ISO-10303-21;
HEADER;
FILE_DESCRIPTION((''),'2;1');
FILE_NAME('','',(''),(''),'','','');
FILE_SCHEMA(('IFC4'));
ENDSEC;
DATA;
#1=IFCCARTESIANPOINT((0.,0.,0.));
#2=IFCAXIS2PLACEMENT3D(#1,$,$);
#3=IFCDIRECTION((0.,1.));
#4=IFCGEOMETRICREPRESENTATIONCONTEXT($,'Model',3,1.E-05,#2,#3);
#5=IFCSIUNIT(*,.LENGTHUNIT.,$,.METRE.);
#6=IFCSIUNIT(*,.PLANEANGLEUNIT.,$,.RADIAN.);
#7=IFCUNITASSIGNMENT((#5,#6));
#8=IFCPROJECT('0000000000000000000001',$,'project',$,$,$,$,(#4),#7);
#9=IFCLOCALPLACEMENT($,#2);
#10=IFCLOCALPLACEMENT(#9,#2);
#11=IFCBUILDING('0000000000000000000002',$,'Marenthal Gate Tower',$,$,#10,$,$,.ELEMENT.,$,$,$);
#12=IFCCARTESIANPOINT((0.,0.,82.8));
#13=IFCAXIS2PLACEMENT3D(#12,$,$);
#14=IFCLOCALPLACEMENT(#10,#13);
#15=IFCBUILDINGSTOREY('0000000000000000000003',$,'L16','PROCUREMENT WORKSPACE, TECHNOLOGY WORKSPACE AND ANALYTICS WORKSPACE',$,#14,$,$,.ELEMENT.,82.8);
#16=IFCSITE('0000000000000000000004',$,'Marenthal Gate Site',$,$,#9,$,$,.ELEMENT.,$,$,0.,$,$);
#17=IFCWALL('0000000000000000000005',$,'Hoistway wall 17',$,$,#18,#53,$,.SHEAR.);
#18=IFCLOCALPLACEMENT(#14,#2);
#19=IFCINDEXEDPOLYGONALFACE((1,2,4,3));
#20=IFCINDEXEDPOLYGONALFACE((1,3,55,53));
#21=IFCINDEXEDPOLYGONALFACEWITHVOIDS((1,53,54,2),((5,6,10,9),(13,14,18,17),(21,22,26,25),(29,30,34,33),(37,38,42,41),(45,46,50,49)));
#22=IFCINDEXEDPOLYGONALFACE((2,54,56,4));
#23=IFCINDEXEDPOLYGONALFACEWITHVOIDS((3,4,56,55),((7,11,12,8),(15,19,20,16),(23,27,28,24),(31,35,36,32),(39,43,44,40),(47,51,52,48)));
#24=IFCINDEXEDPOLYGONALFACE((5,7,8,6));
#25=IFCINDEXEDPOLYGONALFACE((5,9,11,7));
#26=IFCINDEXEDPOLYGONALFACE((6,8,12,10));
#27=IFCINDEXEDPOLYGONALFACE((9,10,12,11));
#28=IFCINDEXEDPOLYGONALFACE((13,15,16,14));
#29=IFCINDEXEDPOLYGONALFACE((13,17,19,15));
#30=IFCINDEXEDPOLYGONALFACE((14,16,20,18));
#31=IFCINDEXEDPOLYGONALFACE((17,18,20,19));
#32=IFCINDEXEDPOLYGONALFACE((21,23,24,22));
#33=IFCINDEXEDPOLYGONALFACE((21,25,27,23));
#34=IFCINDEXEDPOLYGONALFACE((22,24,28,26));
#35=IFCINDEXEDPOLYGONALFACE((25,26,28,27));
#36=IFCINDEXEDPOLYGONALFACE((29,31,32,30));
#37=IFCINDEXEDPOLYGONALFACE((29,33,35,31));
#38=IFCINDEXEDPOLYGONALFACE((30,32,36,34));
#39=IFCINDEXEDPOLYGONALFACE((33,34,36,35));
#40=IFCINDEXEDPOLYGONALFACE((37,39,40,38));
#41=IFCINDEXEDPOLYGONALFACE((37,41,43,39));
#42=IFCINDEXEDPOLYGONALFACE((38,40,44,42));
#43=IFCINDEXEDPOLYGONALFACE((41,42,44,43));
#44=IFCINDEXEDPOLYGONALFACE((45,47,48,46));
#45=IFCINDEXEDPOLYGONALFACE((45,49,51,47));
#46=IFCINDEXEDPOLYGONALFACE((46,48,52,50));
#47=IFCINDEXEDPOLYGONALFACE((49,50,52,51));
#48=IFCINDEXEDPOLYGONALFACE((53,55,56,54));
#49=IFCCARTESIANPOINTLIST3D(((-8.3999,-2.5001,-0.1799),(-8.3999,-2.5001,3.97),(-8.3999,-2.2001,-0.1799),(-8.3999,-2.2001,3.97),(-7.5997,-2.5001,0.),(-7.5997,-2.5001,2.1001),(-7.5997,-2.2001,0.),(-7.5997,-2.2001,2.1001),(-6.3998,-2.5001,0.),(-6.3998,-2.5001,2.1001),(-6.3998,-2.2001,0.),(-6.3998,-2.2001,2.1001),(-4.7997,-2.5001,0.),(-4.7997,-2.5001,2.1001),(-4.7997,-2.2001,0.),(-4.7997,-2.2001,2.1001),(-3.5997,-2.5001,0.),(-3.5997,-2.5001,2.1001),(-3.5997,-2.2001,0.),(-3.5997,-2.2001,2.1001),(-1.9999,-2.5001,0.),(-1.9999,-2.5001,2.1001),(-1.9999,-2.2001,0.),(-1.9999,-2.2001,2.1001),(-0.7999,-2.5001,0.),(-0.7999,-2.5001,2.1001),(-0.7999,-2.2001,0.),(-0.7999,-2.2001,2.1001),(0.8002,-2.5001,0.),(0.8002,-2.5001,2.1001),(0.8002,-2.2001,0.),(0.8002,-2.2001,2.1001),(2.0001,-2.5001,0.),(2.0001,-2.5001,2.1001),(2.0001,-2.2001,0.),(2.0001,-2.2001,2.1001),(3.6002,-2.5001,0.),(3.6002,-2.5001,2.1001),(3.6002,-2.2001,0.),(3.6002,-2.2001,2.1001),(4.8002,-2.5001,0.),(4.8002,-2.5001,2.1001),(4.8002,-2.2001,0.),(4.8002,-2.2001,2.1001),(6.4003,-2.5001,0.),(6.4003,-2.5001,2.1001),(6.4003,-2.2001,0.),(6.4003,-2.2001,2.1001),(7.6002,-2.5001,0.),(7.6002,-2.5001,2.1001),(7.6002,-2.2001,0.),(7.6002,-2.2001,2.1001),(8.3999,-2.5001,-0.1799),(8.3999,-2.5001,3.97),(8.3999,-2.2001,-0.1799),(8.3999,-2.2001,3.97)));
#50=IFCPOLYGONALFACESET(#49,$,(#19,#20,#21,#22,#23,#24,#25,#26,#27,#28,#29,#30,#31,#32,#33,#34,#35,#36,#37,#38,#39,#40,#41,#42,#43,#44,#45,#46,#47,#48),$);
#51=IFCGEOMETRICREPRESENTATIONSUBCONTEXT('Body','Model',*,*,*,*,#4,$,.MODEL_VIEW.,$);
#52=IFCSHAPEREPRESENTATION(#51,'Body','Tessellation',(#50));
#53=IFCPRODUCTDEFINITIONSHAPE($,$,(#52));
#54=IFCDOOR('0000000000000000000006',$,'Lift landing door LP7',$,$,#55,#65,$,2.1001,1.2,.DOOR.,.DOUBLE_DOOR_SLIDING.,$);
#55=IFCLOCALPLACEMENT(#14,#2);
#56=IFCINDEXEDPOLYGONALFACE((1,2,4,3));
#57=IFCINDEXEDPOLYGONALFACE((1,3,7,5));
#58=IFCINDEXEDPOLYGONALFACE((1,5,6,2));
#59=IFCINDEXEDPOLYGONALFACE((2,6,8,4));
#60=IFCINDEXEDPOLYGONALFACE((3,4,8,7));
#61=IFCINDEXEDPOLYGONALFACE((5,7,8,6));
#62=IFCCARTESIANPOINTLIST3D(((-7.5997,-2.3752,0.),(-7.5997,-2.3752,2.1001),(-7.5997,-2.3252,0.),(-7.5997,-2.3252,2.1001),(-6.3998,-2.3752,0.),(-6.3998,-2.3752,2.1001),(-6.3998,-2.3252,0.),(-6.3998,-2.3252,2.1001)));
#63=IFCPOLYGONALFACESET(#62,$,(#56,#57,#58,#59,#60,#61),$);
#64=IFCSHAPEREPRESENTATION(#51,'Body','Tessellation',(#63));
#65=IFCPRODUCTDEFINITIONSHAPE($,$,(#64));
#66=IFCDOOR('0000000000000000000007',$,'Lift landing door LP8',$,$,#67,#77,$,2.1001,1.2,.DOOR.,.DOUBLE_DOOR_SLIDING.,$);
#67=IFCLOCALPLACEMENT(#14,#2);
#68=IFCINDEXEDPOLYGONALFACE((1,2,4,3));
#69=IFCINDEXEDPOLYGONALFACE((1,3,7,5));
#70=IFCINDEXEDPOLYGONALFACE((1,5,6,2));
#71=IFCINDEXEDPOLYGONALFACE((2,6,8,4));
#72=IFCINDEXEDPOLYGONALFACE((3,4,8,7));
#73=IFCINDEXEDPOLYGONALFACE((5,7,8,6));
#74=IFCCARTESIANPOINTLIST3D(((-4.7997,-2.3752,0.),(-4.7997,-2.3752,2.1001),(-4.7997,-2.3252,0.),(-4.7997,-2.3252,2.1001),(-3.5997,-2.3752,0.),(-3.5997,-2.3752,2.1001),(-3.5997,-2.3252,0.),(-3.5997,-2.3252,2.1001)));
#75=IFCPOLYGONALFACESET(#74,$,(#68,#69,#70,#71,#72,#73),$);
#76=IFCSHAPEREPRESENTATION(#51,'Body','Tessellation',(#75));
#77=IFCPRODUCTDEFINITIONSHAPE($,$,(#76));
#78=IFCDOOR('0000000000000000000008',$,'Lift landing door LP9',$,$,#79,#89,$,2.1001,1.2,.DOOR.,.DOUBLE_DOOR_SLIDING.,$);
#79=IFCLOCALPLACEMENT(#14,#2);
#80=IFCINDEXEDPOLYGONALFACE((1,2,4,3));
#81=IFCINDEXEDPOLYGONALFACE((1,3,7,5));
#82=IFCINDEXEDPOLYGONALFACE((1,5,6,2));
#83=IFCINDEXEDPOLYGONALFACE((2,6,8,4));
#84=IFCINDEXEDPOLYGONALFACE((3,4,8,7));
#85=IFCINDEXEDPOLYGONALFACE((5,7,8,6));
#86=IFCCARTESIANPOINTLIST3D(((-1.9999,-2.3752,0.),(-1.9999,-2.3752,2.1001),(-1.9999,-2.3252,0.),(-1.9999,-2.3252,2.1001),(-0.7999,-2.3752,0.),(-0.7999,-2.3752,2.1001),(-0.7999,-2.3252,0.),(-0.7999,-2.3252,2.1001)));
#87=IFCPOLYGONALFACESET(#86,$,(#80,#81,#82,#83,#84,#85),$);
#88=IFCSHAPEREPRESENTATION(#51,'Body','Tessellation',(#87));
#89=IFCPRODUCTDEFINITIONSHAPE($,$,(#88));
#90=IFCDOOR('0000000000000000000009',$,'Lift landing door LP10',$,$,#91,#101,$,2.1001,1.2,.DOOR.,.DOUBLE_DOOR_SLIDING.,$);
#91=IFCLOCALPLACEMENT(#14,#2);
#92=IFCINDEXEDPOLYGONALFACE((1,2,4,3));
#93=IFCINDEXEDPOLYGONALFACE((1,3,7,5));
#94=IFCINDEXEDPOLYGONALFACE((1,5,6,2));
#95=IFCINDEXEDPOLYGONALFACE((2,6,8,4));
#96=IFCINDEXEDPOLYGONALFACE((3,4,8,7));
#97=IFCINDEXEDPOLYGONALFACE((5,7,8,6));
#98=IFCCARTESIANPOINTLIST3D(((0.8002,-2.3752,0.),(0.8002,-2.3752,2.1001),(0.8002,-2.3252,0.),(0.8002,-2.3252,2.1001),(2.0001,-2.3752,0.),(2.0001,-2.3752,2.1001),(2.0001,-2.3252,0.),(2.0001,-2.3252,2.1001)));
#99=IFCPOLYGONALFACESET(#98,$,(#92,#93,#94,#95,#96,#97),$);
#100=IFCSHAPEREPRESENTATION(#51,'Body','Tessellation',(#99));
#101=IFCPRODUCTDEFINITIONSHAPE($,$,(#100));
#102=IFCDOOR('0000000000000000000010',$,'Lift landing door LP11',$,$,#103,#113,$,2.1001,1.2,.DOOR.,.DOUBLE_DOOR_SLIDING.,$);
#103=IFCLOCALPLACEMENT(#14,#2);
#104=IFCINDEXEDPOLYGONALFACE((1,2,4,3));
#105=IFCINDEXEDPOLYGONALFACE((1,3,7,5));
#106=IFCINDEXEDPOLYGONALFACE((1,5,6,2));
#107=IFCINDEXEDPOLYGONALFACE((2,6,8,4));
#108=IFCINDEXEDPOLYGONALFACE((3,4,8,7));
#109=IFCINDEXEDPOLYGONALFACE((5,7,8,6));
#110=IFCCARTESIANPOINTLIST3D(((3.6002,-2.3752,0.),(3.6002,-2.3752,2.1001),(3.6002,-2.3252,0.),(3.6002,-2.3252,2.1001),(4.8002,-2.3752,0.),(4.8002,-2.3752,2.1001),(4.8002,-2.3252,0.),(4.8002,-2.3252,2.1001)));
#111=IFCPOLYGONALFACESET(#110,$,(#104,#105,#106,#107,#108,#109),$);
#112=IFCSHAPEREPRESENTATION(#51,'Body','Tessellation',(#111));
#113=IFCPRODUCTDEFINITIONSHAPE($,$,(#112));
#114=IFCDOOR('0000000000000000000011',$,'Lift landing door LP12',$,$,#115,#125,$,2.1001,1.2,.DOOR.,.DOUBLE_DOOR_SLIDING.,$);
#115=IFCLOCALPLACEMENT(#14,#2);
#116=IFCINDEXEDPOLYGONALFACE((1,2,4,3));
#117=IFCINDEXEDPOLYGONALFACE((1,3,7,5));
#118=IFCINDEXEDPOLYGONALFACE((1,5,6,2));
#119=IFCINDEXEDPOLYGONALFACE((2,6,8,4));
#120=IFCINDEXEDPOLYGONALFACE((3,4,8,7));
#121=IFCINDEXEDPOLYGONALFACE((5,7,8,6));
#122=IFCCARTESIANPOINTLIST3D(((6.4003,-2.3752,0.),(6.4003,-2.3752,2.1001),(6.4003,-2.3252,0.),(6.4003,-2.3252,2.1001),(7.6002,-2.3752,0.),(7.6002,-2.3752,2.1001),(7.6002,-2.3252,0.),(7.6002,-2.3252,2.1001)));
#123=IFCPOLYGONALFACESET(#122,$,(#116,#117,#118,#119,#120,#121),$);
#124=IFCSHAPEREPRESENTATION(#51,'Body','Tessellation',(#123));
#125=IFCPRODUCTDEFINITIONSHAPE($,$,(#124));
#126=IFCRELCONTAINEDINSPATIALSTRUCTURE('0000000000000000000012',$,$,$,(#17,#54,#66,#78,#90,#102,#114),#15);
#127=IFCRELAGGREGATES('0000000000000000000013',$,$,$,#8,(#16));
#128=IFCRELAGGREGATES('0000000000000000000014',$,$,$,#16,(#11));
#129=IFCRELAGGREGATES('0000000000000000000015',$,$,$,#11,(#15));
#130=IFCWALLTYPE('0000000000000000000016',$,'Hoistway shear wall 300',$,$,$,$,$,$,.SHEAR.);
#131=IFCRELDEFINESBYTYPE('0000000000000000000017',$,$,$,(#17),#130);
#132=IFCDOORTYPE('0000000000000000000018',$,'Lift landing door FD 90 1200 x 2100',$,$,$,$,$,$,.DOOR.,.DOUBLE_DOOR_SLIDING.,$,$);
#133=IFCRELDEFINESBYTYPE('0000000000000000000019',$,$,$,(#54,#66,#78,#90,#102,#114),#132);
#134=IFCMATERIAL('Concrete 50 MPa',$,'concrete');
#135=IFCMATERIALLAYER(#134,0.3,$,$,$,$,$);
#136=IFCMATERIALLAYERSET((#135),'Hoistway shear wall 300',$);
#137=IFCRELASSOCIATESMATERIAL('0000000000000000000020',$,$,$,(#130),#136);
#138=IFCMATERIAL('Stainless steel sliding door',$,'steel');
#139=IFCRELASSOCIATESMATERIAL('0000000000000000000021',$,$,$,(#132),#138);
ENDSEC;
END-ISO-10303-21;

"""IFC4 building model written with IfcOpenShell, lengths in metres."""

from ifc_helpers import new_model, si_unit, direction, frame, frame_2d, origin, place, context, subcontext, project, spatial, rectangle, extrude, material, layer, layer_set, type_object, element, fill, save


model = new_model("IFC4")

# Units and contexts
model_context = context("Model", 3, precision=1e-05, world=origin(), true_north=direction((0.0, 1.0)))
body_context = subcontext(model_context, "Body", "Model", "MODEL_VIEW")
ifc_project = project(units=[si_unit("LENGTHUNIT", "METRE"), si_unit("PLANEANGLEUNIT", "RADIAN")], contexts=[model_context])

# Site, building, storey
site_placement = place(None, origin())
site = spatial("IfcSite", under=ifc_project, at=site_placement, Name="Marenthal Gate Site", CompositionType="ELEMENT", RefElevation=0.0)
building_placement = place(site_placement, origin())
building = spatial("IfcBuilding", under=site, at=building_placement, Name="Marenthal Gate Tower", CompositionType="ELEMENT")
storey_placement = place(building_placement, frame((0.0, 0.0, 82.8)))
storey = spatial("IfcBuildingStorey", under=building, at=storey_placement, Name="L16", Description="PROCUREMENT WORKSPACE, TECHNOLOGY WORKSPACE AND ANALYTICS WORKSPACE", CompositionType="ELEMENT", Elevation=82.8)

# Wall, openings, doors
ifc_material_1 = material(Name="Concrete 50 MPa", Category="concrete")
ifc_layer_1 = layer(ifc_material_1, 0.3)
ifc_layer_set_1 = layer_set([ifc_layer_1], Name="Hoistway shear wall 300")
wall_type_1 = type_object("IfcWallType", Name="Hoistway shear wall 300", PredefinedType="SHEAR", material=ifc_layer_set_1)
wall_1_placement = place(storey_placement, frame((-8.3999, -2.3501, -0.1799), z_axis=(0.0, 0.0, 1.0), x_axis=(1.0, 0.0, 0.0)))
wall_1 = element("IfcWall", 1, at=wall_1_placement, inside=storey, type_object=wall_type_1, Name="Hoistway wall 17", PredefinedType="SHEAR", context=body_context, shape_type="SweptSolid", body=[
    extrude(rectangle(XDim=16.7998, YDim=0.3, at=frame_2d((8.3999, 0.0))), origin(), (0.0, 0.0, 1.0), 4.1499),
])
opening_1_placement = place(wall_1_placement, frame((0.8, 0.0, 0.1799)))
opening_1 = element("IfcOpeningElement", 2, at=opening_1_placement, cuts=wall_1, PredefinedType="OPENING", context=body_context, shape_type="SweptSolid", body=[
    extrude(rectangle(XDim=1.2, YDim=2.1001, at=frame_2d((0.6001, 1.05))), frame((0.0, 0.1602, 0.0), z_axis=(0.0, -1.0, 0.0), x_axis=(1.0, 0.0, 0.0)), (0.0, 0.0, 1.0), 0.3201),
])
opening_2_placement = place(wall_1_placement, frame((3.6001, 0.0, 0.1799)))
opening_2 = element("IfcOpeningElement", 3, at=opening_2_placement, cuts=wall_1, PredefinedType="OPENING", context=body_context, shape_type="SweptSolid", body=[
    extrude(rectangle(XDim=1.2, YDim=2.1001, at=frame_2d((0.6001, 1.05))), frame((0.0, 0.1602, 0.0), z_axis=(0.0, -1.0, 0.0), x_axis=(1.0, 0.0, 0.0)), (0.0, 0.0, 1.0), 0.3201),
])
opening_3_placement = place(wall_1_placement, frame((6.3999, 0.0, 0.1799)))
opening_3 = element("IfcOpeningElement", 4, at=opening_3_placement, cuts=wall_1, PredefinedType="OPENING", context=body_context, shape_type="SweptSolid", body=[
    extrude(rectangle(XDim=1.2, YDim=2.1001, at=frame_2d((0.6001, 1.05))), frame((0.0, 0.1602, 0.0), z_axis=(0.0, -1.0, 0.0), x_axis=(1.0, 0.0, 0.0)), (0.0, 0.0, 1.0), 0.3201),
])
opening_4_placement = place(wall_1_placement, frame((9.2, 0.0, 0.1799)))
opening_4 = element("IfcOpeningElement", 5, at=opening_4_placement, cuts=wall_1, PredefinedType="OPENING", context=body_context, shape_type="SweptSolid", body=[
    extrude(rectangle(XDim=1.2, YDim=2.1001, at=frame_2d((0.6001, 1.05))), frame((0.0, 0.1602, 0.0), z_axis=(0.0, -1.0, 0.0), x_axis=(1.0, 0.0, 0.0)), (0.0, 0.0, 1.0), 0.3201),
])
opening_5_placement = place(wall_1_placement, frame((12.0, 0.0, 0.1799)))
opening_5 = element("IfcOpeningElement", 6, at=opening_5_placement, cuts=wall_1, PredefinedType="OPENING", context=body_context, shape_type="SweptSolid", body=[
    extrude(rectangle(XDim=1.2, YDim=2.1001, at=frame_2d((0.6001, 1.05))), frame((0.0, 0.1602, 0.0), z_axis=(0.0, -1.0, 0.0), x_axis=(1.0, 0.0, 0.0)), (0.0, 0.0, 1.0), 0.3201),
])
opening_6_placement = place(wall_1_placement, frame((14.8, 0.0, 0.1799)))
opening_6 = element("IfcOpeningElement", 7, at=opening_6_placement, cuts=wall_1, PredefinedType="OPENING", context=body_context, shape_type="SweptSolid", body=[
    extrude(rectangle(XDim=1.2, YDim=2.1001, at=frame_2d((0.6001, 1.05))), frame((0.0, 0.1602, 0.0), z_axis=(0.0, -1.0, 0.0), x_axis=(1.0, 0.0, 0.0)), (0.0, 0.0, 1.0), 0.3201),
])
ifc_material_2 = material(Name="Stainless steel sliding door", Category="steel")
door_type_1 = type_object("IfcDoorType", Name="Lift landing door FD 90 1200 x 2100", OperationType="DOUBLE_DOOR_SLIDING", PredefinedType="DOOR", material=ifc_material_2)
door_1_placement = place(opening_1_placement, origin())
door_1 = element("IfcDoor", 8, at=door_1_placement, inside=storey, type_object=door_type_1, Name="Lift landing door LP7", OperationType="DOUBLE_DOOR_SLIDING", OverallHeight=2.1001, OverallWidth=1.2, PredefinedType="DOOR", context=body_context, shape_type="SweptSolid", body=[
    extrude(rectangle(XDim=1.2, YDim=2.1001, at=frame_2d((0.6001, 1.05))), frame((0.0, 0.0249, 0.0), z_axis=(0.0, -1.0, 0.0), x_axis=(1.0, 0.0, 0.0)), (0.0, 0.0, 1.0), 0.05),
])
fill(opening_1, door_1)
door_2_placement = place(opening_2_placement, origin())
door_2 = element("IfcDoor", 9, at=door_2_placement, inside=storey, type_object=door_type_1, Name="Lift landing door LP8", OperationType="DOUBLE_DOOR_SLIDING", OverallHeight=2.1001, OverallWidth=1.2, PredefinedType="DOOR", context=body_context, shape_type="SweptSolid", body=[
    extrude(rectangle(XDim=1.2, YDim=2.1001, at=frame_2d((0.6001, 1.05))), frame((0.0, 0.0249, 0.0), z_axis=(0.0, -1.0, 0.0), x_axis=(1.0, 0.0, 0.0)), (0.0, 0.0, 1.0), 0.05),
])
fill(opening_2, door_2)
door_3_placement = place(opening_3_placement, origin())
door_3 = element("IfcDoor", 10, at=door_3_placement, inside=storey, type_object=door_type_1, Name="Lift landing door LP9", OperationType="DOUBLE_DOOR_SLIDING", OverallHeight=2.1001, OverallWidth=1.2, PredefinedType="DOOR", context=body_context, shape_type="SweptSolid", body=[
    extrude(rectangle(XDim=1.2, YDim=2.1001, at=frame_2d((0.6001, 1.05))), frame((0.0, 0.0249, 0.0), z_axis=(0.0, -1.0, 0.0), x_axis=(1.0, 0.0, 0.0)), (0.0, 0.0, 1.0), 0.05),
])
fill(opening_3, door_3)
door_4_placement = place(opening_4_placement, origin())
door_4 = element("IfcDoor", 11, at=door_4_placement, inside=storey, type_object=door_type_1, Name="Lift landing door LP10", OperationType="DOUBLE_DOOR_SLIDING", OverallHeight=2.1001, OverallWidth=1.2, PredefinedType="DOOR", context=body_context, shape_type="SweptSolid", body=[
    extrude(rectangle(XDim=1.2, YDim=2.1001, at=frame_2d((0.6001, 1.05))), frame((0.0, 0.0249, 0.0), z_axis=(0.0, -1.0, 0.0), x_axis=(1.0, 0.0, 0.0)), (0.0, 0.0, 1.0), 0.05),
])
fill(opening_4, door_4)
door_5_placement = place(opening_5_placement, origin())
door_5 = element("IfcDoor", 12, at=door_5_placement, inside=storey, type_object=door_type_1, Name="Lift landing door LP11", OperationType="DOUBLE_DOOR_SLIDING", OverallHeight=2.1001, OverallWidth=1.2, PredefinedType="DOOR", context=body_context, shape_type="SweptSolid", body=[
    extrude(rectangle(XDim=1.2, YDim=2.1001, at=frame_2d((0.6001, 1.05))), frame((0.0, 0.0249, 0.0), z_axis=(0.0, -1.0, 0.0), x_axis=(1.0, 0.0, 0.0)), (0.0, 0.0, 1.0), 0.05),
])
fill(opening_5, door_5)
door_6_placement = place(opening_6_placement, origin())
door_6 = element("IfcDoor", 13, at=door_6_placement, inside=storey, type_object=door_type_1, Name="Lift landing door LP12", OperationType="DOUBLE_DOOR_SLIDING", OverallHeight=2.1001, OverallWidth=1.2, PredefinedType="DOOR", context=body_context, shape_type="SweptSolid", body=[
    extrude(rectangle(XDim=1.2, YDim=2.1001, at=frame_2d((0.6001, 1.05))), frame((0.0, 0.0249, 0.0), z_axis=(0.0, -1.0, 0.0), x_axis=(1.0, 0.0, 0.0)), (0.0, 0.0, 1.0), 0.05),
])
fill(opening_6, door_6)

save(model, "model.ifc")
